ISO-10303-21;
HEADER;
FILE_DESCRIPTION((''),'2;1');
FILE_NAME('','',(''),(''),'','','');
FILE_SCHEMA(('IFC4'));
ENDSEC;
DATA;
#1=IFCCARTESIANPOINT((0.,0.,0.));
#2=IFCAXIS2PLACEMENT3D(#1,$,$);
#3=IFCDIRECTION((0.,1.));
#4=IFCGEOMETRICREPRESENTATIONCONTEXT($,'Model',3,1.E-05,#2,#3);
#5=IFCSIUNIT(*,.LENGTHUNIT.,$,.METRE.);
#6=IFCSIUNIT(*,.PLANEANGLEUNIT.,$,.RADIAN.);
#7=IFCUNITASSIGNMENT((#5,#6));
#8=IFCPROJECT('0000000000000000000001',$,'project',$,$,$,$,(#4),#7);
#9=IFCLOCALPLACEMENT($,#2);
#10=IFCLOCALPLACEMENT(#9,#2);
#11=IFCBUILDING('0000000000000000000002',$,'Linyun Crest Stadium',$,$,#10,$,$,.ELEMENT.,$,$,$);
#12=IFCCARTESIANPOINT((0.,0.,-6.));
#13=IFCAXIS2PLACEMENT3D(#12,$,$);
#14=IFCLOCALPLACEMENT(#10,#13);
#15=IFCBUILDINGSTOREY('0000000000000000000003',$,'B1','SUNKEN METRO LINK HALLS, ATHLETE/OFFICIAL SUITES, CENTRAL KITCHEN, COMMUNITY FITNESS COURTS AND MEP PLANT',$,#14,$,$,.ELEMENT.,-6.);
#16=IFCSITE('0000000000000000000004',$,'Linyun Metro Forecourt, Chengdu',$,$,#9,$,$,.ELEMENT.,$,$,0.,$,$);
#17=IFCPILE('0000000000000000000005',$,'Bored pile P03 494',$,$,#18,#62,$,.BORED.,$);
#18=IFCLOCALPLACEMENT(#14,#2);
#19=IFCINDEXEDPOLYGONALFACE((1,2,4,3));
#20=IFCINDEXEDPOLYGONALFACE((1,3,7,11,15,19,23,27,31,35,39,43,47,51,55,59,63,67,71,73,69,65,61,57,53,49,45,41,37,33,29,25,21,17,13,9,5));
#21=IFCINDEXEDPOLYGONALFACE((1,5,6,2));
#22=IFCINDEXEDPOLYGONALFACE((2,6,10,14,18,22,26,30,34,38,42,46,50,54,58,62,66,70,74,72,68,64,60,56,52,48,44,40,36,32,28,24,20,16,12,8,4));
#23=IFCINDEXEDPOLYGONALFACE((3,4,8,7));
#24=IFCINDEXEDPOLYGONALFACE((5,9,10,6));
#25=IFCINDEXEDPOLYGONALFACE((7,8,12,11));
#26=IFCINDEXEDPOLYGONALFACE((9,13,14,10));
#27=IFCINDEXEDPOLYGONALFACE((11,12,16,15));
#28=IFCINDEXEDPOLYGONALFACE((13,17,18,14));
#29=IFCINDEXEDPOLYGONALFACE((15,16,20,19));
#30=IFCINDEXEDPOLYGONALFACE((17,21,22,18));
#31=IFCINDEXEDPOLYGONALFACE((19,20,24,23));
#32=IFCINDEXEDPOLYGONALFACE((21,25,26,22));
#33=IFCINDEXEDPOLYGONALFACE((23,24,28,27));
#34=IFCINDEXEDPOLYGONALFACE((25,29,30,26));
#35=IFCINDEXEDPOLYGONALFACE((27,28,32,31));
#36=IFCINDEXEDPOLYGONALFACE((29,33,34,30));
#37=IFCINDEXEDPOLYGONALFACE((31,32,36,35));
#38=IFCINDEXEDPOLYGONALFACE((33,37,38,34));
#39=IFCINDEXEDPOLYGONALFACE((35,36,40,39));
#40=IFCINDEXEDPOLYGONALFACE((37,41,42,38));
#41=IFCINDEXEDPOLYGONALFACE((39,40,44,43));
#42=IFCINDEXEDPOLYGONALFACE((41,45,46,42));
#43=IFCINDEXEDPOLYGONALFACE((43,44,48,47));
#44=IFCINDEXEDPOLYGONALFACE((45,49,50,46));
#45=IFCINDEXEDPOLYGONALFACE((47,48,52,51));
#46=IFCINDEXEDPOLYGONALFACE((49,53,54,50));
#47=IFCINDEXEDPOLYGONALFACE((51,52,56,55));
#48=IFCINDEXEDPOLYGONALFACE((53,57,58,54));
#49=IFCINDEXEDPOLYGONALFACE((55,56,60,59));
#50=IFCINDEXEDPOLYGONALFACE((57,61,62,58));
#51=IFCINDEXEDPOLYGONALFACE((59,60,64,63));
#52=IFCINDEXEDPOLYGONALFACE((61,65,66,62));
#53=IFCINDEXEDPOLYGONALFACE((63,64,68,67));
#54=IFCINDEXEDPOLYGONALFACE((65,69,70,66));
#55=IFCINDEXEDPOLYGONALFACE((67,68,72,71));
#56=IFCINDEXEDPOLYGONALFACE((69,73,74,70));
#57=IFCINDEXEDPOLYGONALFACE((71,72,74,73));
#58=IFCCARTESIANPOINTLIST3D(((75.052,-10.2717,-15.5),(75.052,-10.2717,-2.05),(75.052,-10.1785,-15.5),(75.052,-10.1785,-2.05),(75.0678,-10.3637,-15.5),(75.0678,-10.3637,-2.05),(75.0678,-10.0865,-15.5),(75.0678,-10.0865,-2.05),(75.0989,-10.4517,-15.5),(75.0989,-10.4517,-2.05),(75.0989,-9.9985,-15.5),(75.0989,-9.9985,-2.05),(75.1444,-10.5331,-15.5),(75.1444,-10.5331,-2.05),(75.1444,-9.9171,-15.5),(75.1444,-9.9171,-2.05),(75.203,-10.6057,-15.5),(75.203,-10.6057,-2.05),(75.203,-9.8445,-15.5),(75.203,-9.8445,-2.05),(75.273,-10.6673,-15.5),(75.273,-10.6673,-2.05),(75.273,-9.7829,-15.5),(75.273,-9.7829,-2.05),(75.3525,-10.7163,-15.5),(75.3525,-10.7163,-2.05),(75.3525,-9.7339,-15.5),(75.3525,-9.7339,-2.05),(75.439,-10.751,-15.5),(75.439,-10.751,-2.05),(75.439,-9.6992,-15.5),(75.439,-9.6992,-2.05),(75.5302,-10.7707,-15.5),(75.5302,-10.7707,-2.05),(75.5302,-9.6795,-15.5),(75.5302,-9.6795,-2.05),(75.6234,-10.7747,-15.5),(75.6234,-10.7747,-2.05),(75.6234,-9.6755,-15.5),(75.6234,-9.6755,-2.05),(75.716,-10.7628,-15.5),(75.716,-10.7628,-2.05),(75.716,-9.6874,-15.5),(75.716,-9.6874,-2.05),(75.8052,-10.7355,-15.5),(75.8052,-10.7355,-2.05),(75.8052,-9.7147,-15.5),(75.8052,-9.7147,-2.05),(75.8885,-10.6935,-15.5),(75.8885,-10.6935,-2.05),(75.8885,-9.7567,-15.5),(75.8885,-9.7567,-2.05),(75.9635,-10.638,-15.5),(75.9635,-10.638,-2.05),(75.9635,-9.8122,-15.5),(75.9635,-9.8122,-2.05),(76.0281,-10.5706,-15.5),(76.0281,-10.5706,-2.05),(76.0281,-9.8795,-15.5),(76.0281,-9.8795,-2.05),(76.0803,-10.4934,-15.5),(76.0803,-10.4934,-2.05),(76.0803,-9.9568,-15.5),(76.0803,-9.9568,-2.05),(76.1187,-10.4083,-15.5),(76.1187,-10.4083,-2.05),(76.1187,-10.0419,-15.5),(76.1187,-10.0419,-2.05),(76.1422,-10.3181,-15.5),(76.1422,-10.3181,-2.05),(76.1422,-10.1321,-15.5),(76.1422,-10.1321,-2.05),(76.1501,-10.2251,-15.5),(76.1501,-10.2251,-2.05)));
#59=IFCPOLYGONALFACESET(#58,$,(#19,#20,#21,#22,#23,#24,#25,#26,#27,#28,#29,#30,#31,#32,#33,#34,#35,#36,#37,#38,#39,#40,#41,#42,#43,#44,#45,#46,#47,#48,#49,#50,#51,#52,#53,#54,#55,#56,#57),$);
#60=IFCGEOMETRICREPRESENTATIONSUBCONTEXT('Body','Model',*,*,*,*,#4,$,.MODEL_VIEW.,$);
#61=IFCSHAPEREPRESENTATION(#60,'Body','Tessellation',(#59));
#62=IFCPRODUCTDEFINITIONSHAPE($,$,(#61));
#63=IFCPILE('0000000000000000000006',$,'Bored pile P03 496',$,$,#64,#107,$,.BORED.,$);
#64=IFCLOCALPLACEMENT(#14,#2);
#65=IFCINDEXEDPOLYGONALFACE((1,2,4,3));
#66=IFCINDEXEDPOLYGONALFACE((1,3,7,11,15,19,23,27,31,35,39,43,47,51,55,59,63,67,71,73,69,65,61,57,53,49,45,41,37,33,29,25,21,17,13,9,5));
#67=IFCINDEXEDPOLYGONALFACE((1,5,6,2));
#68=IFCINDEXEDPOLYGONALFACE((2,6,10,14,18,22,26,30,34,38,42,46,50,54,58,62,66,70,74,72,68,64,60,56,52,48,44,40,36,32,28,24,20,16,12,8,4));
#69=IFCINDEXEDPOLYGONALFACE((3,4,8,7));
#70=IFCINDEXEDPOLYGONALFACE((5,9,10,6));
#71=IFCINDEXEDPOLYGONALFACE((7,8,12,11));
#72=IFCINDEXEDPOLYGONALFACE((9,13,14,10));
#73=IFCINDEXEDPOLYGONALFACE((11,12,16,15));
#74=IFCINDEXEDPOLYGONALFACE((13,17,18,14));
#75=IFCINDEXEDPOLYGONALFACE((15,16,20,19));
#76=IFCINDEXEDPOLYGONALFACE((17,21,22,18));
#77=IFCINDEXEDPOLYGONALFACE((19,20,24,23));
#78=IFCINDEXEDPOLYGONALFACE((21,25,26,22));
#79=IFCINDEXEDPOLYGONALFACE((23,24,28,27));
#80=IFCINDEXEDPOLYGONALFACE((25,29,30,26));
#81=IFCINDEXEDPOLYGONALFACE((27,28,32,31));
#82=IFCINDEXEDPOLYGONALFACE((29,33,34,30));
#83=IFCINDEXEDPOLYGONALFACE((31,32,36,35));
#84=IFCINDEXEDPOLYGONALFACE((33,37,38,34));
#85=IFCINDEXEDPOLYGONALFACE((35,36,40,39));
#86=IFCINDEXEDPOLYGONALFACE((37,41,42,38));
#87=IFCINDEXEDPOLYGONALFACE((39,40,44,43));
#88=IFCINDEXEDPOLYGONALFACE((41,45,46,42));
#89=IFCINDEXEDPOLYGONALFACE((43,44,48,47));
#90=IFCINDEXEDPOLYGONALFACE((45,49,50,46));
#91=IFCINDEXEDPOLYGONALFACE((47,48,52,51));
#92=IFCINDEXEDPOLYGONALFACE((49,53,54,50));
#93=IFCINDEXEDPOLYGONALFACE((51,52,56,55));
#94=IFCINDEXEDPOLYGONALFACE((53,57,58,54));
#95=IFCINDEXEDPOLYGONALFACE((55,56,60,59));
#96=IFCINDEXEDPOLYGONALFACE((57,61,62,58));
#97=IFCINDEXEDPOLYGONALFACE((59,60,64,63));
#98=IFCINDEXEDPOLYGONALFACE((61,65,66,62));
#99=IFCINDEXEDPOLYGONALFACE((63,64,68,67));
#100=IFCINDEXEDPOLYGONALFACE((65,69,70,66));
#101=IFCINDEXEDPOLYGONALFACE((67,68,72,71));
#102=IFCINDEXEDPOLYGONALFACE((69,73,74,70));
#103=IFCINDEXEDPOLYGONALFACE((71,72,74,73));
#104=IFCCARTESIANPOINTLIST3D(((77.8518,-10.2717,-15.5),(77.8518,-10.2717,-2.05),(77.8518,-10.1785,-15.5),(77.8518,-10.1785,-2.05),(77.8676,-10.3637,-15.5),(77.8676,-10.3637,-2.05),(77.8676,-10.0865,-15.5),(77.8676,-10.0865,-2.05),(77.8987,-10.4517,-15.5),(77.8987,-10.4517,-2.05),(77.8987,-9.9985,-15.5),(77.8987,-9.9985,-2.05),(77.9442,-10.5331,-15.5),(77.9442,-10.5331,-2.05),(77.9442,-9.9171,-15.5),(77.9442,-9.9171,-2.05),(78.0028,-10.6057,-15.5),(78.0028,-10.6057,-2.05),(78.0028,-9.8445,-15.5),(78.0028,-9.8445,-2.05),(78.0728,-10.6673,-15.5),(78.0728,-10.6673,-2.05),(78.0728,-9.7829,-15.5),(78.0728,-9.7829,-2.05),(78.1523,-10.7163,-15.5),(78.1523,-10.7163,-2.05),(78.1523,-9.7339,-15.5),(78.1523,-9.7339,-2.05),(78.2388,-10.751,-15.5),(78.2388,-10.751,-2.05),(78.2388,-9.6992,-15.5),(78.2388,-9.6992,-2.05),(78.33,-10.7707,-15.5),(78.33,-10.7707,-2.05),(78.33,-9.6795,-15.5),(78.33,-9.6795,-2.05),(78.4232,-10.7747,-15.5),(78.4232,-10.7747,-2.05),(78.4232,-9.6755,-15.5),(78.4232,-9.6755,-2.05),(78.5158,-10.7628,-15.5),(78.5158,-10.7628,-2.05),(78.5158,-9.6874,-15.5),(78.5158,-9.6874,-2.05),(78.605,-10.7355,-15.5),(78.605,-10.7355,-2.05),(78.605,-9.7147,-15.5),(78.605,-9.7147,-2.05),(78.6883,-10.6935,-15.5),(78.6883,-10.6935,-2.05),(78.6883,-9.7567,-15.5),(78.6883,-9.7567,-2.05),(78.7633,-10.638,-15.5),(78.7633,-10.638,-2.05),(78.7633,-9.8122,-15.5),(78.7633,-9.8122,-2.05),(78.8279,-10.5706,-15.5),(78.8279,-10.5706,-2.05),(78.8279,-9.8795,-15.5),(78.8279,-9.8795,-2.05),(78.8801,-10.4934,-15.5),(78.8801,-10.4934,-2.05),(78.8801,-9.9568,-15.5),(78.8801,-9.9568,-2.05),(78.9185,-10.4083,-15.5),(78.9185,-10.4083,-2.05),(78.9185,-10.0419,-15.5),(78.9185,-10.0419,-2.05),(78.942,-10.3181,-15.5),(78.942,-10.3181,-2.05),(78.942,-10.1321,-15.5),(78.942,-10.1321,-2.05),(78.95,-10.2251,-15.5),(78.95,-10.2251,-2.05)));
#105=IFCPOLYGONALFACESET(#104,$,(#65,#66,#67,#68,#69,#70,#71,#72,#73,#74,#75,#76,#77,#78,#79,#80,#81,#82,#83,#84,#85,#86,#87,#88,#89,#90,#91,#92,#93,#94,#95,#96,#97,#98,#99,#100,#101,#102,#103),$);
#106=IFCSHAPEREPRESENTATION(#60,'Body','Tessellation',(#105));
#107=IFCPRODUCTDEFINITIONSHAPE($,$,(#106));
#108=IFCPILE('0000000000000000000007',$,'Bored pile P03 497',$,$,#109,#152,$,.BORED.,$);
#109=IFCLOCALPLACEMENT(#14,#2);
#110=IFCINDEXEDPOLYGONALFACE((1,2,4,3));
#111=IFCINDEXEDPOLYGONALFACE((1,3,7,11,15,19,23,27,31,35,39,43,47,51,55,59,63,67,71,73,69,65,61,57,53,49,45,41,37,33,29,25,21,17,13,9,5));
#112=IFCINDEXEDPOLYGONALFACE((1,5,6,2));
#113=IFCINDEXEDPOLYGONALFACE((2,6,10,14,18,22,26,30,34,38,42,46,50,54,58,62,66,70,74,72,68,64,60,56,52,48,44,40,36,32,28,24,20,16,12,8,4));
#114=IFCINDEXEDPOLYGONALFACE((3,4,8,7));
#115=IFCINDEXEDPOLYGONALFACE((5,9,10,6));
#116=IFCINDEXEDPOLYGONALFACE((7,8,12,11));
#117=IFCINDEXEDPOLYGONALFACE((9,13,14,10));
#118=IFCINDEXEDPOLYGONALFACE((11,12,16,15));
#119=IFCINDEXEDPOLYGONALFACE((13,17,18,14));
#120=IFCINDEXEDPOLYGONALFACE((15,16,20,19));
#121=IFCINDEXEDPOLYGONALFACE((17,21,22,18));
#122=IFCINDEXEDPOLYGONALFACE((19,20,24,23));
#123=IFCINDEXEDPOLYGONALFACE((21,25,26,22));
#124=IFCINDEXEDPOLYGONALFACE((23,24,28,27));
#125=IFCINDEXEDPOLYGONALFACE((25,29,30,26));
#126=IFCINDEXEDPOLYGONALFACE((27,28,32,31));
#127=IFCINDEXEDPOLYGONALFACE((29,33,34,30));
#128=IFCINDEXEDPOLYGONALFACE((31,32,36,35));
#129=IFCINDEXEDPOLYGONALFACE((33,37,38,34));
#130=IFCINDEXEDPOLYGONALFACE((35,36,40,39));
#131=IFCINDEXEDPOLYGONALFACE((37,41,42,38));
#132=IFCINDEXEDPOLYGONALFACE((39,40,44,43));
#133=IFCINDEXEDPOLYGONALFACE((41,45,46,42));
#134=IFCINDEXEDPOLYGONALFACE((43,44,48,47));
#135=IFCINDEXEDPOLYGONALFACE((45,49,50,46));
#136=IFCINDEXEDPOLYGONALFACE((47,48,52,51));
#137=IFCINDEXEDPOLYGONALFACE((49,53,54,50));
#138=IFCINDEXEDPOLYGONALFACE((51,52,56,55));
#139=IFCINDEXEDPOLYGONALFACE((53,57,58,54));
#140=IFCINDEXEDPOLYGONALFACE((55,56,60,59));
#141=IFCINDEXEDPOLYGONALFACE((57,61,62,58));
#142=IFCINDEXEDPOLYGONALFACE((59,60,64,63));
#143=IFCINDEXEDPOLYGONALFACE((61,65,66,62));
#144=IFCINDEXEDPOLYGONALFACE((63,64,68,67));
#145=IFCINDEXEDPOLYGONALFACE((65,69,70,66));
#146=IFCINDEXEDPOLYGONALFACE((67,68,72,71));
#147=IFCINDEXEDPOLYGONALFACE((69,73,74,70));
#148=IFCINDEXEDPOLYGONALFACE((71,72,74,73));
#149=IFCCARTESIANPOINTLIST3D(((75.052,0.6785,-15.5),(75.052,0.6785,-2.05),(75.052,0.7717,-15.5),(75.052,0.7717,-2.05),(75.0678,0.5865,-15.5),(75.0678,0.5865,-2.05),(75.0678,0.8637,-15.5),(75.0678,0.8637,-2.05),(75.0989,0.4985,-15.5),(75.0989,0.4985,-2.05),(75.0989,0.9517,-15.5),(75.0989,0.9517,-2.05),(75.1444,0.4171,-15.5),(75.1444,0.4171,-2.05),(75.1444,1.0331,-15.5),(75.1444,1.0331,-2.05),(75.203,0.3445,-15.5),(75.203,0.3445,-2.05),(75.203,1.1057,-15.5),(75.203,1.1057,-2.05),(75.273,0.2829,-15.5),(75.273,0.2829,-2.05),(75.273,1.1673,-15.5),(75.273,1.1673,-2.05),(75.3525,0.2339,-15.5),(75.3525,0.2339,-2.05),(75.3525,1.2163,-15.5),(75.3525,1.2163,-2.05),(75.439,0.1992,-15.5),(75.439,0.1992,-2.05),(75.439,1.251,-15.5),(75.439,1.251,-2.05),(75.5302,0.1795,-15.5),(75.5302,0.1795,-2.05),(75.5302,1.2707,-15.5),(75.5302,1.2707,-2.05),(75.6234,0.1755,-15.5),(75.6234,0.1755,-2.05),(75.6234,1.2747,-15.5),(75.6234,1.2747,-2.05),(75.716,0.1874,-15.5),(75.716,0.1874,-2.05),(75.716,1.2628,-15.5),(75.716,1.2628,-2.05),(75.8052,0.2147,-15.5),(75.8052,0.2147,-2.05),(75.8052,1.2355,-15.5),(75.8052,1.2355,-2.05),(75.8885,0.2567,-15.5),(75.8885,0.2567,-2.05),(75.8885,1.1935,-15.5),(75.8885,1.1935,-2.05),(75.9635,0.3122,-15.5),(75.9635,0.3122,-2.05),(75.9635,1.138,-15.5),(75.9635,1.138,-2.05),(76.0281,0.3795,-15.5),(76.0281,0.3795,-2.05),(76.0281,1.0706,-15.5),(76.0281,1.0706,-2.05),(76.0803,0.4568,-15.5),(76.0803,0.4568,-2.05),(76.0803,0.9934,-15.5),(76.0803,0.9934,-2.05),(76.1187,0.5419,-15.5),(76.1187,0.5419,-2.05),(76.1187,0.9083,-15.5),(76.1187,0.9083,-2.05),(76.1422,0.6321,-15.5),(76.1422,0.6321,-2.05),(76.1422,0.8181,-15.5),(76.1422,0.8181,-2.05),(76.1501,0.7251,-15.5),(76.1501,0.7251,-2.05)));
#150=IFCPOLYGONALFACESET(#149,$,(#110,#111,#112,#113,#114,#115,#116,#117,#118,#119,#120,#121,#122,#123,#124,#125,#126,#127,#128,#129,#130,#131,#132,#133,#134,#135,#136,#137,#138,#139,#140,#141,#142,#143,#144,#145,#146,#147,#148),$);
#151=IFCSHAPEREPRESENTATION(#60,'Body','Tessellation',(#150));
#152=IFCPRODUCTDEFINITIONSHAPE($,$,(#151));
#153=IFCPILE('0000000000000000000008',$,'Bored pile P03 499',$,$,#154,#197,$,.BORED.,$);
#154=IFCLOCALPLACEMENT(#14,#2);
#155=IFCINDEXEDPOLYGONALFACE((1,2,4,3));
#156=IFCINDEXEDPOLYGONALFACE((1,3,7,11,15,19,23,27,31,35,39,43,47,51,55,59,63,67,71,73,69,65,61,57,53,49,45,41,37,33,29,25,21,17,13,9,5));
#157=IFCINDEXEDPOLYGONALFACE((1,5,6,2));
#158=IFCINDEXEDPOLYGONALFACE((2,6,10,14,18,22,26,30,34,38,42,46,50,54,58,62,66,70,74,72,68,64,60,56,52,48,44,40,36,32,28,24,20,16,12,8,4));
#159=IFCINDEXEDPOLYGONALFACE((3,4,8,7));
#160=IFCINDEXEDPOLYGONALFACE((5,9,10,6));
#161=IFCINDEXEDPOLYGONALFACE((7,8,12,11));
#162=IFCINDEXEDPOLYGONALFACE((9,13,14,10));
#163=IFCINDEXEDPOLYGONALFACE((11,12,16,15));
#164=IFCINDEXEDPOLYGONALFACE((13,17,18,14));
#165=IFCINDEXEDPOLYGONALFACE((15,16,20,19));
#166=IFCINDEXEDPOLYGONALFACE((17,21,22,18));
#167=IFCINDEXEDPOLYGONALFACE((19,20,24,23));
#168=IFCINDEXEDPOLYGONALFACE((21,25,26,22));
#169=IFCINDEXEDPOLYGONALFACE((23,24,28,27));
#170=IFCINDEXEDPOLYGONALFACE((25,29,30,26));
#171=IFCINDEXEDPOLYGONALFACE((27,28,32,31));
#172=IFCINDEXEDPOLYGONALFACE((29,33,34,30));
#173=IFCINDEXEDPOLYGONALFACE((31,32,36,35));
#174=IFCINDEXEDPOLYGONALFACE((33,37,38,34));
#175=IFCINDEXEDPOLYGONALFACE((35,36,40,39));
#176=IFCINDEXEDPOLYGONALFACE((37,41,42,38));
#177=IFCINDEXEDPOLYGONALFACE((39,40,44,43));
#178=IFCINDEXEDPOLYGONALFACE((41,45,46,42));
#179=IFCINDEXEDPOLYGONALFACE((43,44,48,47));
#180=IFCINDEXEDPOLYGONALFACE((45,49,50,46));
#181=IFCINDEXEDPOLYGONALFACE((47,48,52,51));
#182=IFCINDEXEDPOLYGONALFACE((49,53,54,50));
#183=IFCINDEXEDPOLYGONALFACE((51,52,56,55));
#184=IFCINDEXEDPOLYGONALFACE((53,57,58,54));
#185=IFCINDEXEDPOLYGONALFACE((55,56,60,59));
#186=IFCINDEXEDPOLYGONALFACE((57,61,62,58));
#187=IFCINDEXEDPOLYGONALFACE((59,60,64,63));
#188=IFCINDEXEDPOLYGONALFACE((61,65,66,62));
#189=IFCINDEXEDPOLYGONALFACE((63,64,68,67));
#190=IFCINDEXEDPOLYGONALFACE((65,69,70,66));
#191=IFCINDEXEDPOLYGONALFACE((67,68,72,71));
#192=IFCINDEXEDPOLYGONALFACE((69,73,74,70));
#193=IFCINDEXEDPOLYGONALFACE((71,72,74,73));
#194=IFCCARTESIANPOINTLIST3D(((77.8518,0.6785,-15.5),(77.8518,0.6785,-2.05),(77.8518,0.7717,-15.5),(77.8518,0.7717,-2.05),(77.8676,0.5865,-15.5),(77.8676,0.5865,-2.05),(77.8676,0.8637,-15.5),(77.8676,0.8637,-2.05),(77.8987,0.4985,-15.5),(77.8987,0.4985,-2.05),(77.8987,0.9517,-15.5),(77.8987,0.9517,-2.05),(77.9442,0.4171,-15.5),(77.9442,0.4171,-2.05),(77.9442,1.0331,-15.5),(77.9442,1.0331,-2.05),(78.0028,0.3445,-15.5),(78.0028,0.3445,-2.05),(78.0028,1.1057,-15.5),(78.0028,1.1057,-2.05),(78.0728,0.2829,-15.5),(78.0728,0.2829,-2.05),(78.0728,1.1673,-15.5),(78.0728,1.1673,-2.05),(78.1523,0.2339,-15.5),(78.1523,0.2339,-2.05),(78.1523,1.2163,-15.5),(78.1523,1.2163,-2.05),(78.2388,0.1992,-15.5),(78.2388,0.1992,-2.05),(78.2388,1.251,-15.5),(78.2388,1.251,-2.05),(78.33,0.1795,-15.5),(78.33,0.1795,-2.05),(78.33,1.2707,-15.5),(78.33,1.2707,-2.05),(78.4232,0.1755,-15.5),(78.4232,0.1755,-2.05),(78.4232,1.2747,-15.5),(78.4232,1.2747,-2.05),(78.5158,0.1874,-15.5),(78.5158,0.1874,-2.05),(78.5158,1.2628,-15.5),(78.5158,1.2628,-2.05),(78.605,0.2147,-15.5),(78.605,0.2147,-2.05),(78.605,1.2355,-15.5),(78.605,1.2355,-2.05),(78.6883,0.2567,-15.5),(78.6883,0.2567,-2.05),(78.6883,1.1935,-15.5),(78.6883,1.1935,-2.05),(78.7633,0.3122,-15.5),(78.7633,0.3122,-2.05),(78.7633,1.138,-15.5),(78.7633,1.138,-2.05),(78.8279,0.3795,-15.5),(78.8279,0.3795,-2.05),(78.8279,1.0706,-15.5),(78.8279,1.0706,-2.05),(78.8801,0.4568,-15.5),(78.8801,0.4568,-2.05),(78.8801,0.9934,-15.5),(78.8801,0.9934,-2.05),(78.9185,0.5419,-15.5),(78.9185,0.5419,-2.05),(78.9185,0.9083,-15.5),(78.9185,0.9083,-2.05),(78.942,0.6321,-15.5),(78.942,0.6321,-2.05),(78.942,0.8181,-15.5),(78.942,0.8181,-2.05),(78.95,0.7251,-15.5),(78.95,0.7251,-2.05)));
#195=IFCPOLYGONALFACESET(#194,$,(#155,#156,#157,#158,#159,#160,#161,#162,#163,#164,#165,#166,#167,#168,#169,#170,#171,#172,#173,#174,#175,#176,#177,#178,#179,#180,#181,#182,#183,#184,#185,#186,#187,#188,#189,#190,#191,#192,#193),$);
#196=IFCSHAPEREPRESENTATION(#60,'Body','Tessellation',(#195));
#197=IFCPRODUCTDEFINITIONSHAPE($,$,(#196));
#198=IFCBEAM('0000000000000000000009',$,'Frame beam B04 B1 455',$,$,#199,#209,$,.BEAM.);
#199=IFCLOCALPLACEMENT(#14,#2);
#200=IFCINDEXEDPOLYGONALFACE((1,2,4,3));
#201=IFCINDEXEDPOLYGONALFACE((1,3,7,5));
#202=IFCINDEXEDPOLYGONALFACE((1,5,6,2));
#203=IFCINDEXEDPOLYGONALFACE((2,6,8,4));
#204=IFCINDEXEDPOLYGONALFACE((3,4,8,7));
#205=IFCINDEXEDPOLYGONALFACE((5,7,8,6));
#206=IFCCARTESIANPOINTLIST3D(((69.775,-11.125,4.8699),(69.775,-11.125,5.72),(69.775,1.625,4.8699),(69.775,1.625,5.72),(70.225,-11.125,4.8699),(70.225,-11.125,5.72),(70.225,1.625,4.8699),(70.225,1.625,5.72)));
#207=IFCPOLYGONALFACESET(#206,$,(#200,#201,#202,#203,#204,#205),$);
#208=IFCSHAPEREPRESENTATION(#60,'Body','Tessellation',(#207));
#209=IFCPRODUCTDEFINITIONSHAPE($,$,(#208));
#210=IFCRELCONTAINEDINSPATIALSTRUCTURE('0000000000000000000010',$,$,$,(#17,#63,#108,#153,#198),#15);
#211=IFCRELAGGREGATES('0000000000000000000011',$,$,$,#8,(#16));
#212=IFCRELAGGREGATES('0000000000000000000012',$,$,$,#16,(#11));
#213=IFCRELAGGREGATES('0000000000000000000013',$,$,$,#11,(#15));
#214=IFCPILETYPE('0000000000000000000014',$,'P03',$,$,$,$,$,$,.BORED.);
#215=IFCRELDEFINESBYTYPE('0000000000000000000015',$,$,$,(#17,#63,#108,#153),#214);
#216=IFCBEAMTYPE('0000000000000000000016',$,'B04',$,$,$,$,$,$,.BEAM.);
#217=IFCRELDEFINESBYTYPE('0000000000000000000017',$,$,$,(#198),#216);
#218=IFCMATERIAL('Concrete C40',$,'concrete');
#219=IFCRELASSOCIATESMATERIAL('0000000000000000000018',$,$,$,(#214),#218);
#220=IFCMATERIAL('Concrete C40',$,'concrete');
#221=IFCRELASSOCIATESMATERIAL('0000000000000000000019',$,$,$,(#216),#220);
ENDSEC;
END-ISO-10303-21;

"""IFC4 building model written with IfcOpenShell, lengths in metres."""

from ifc_helpers import new_model, si_unit, direction, frame, origin, origin_2d, place, context, subcontext, project, spatial, rectangle, circle, extrude, material, material_profile, profile_set, type_object, element, save


model = new_model("IFC4")

# Units and contexts
model_context = context("Model", 3, precision=1e-05, world=origin(), true_north=direction((0.0, 1.0)))
body_context = subcontext(model_context, "Body", "Model", "MODEL_VIEW")
ifc_project = project(units=[si_unit("LENGTHUNIT", "METRE"), si_unit("PLANEANGLEUNIT", "RADIAN")], contexts=[model_context])

# Site, building, storey
site_placement = place(None, origin())
site = spatial("IfcSite", under=ifc_project, at=site_placement, Name="Linyun Metro Forecourt, Chengdu", CompositionType="ELEMENT", RefElevation=0.0)
building_placement = place(site_placement, origin())
building = spatial("IfcBuilding", under=site, at=building_placement, Name="Linyun Crest Stadium", CompositionType="ELEMENT")
storey_placement = place(building_placement, frame((0.0, 0.0, -6.0)))
storey = spatial("IfcBuildingStorey", under=building, at=storey_placement, Name="B1", Description="SUNKEN METRO LINK HALLS, ATHLETE/OFFICIAL SUITES, CENTRAL KITCHEN, COMMUNITY FITNESS COURTS AND MEP PLANT", CompositionType="ELEMENT", Elevation=-6.0)

# Piles
ifc_material_1 = material(Name="Concrete C40", Category="concrete")
ifc_material_profile_1 = material_profile(ifc_material_1, circle(Radius=0.55, at=origin_2d()), Name="BORED PILE 1100")
ifc_profile_set_1 = profile_set([ifc_material_profile_1], Name="Concrete C40")
pile_type = type_object("IfcPileType", Name="P03", PredefinedType="BORED", material=ifc_profile_set_1)
for number, where, z_axis, x_axis, name in (
    (1, (75.6001, -10.2251, -2.05), (0.0, 0.0, -1.0), (1.0, 0.0, 0.0), "Bored pile P03 494"),
    (2, (78.3999, -10.2251, -2.05), (0.0, 0.0, -1.0), (1.0, 0.0, 0.0), "Bored pile P03 496"),
    (3, (75.6001, 0.7251, -2.05), (0.0, 0.0, -1.0), (1.0, 0.0, 0.0), "Bored pile P03 497"),
    (4, (78.3999, 0.7251, -2.05), (0.0, 0.0, -1.0), (1.0, 0.0, 0.0), "Bored pile P03 499"),
):
    element("IfcPile", number, at=place(storey_placement, frame(where, z_axis=z_axis, x_axis=x_axis)), inside=storey, type_object=pile_type, Name=name, PredefinedType="BORED", context=body_context, shape_type="SweptSolid", body=[
        extrude(circle(Radius=0.55, at=origin_2d()), origin(), (0.0, 0.0, 1.0), 13.45),
    ])

# Beam
ifc_material_2 = material(Name="Concrete C40", Category="concrete")
ifc_material_profile_2 = material_profile(ifc_material_2, rectangle(XDim=0.45, YDim=0.8501, at=origin_2d()), Name="RCB 850x450")
ifc_profile_set_2 = profile_set([ifc_material_profile_2], Name="Concrete C40")
beam_type_1 = type_object("IfcBeamType", Name="B04", PredefinedType="BEAM", material=ifc_profile_set_2)
beam_1_placement = place(storey_placement, frame((70.0, -11.125, 5.2949), z_axis=(0.0, 1.0, 0.0), x_axis=(-1.0, 0.0, 0.0)))
element("IfcBeam", 5, at=beam_1_placement, inside=storey, type_object=beam_type_1, Name="Frame beam B04 B1 455", PredefinedType="BEAM", context=body_context, shape_type="SweptSolid", body=[
    extrude(rectangle(XDim=0.45, YDim=0.8501, at=origin_2d()), origin(), (0.0, 0.0, 1.0), 12.75),
])

save(model, "model.ifc")
